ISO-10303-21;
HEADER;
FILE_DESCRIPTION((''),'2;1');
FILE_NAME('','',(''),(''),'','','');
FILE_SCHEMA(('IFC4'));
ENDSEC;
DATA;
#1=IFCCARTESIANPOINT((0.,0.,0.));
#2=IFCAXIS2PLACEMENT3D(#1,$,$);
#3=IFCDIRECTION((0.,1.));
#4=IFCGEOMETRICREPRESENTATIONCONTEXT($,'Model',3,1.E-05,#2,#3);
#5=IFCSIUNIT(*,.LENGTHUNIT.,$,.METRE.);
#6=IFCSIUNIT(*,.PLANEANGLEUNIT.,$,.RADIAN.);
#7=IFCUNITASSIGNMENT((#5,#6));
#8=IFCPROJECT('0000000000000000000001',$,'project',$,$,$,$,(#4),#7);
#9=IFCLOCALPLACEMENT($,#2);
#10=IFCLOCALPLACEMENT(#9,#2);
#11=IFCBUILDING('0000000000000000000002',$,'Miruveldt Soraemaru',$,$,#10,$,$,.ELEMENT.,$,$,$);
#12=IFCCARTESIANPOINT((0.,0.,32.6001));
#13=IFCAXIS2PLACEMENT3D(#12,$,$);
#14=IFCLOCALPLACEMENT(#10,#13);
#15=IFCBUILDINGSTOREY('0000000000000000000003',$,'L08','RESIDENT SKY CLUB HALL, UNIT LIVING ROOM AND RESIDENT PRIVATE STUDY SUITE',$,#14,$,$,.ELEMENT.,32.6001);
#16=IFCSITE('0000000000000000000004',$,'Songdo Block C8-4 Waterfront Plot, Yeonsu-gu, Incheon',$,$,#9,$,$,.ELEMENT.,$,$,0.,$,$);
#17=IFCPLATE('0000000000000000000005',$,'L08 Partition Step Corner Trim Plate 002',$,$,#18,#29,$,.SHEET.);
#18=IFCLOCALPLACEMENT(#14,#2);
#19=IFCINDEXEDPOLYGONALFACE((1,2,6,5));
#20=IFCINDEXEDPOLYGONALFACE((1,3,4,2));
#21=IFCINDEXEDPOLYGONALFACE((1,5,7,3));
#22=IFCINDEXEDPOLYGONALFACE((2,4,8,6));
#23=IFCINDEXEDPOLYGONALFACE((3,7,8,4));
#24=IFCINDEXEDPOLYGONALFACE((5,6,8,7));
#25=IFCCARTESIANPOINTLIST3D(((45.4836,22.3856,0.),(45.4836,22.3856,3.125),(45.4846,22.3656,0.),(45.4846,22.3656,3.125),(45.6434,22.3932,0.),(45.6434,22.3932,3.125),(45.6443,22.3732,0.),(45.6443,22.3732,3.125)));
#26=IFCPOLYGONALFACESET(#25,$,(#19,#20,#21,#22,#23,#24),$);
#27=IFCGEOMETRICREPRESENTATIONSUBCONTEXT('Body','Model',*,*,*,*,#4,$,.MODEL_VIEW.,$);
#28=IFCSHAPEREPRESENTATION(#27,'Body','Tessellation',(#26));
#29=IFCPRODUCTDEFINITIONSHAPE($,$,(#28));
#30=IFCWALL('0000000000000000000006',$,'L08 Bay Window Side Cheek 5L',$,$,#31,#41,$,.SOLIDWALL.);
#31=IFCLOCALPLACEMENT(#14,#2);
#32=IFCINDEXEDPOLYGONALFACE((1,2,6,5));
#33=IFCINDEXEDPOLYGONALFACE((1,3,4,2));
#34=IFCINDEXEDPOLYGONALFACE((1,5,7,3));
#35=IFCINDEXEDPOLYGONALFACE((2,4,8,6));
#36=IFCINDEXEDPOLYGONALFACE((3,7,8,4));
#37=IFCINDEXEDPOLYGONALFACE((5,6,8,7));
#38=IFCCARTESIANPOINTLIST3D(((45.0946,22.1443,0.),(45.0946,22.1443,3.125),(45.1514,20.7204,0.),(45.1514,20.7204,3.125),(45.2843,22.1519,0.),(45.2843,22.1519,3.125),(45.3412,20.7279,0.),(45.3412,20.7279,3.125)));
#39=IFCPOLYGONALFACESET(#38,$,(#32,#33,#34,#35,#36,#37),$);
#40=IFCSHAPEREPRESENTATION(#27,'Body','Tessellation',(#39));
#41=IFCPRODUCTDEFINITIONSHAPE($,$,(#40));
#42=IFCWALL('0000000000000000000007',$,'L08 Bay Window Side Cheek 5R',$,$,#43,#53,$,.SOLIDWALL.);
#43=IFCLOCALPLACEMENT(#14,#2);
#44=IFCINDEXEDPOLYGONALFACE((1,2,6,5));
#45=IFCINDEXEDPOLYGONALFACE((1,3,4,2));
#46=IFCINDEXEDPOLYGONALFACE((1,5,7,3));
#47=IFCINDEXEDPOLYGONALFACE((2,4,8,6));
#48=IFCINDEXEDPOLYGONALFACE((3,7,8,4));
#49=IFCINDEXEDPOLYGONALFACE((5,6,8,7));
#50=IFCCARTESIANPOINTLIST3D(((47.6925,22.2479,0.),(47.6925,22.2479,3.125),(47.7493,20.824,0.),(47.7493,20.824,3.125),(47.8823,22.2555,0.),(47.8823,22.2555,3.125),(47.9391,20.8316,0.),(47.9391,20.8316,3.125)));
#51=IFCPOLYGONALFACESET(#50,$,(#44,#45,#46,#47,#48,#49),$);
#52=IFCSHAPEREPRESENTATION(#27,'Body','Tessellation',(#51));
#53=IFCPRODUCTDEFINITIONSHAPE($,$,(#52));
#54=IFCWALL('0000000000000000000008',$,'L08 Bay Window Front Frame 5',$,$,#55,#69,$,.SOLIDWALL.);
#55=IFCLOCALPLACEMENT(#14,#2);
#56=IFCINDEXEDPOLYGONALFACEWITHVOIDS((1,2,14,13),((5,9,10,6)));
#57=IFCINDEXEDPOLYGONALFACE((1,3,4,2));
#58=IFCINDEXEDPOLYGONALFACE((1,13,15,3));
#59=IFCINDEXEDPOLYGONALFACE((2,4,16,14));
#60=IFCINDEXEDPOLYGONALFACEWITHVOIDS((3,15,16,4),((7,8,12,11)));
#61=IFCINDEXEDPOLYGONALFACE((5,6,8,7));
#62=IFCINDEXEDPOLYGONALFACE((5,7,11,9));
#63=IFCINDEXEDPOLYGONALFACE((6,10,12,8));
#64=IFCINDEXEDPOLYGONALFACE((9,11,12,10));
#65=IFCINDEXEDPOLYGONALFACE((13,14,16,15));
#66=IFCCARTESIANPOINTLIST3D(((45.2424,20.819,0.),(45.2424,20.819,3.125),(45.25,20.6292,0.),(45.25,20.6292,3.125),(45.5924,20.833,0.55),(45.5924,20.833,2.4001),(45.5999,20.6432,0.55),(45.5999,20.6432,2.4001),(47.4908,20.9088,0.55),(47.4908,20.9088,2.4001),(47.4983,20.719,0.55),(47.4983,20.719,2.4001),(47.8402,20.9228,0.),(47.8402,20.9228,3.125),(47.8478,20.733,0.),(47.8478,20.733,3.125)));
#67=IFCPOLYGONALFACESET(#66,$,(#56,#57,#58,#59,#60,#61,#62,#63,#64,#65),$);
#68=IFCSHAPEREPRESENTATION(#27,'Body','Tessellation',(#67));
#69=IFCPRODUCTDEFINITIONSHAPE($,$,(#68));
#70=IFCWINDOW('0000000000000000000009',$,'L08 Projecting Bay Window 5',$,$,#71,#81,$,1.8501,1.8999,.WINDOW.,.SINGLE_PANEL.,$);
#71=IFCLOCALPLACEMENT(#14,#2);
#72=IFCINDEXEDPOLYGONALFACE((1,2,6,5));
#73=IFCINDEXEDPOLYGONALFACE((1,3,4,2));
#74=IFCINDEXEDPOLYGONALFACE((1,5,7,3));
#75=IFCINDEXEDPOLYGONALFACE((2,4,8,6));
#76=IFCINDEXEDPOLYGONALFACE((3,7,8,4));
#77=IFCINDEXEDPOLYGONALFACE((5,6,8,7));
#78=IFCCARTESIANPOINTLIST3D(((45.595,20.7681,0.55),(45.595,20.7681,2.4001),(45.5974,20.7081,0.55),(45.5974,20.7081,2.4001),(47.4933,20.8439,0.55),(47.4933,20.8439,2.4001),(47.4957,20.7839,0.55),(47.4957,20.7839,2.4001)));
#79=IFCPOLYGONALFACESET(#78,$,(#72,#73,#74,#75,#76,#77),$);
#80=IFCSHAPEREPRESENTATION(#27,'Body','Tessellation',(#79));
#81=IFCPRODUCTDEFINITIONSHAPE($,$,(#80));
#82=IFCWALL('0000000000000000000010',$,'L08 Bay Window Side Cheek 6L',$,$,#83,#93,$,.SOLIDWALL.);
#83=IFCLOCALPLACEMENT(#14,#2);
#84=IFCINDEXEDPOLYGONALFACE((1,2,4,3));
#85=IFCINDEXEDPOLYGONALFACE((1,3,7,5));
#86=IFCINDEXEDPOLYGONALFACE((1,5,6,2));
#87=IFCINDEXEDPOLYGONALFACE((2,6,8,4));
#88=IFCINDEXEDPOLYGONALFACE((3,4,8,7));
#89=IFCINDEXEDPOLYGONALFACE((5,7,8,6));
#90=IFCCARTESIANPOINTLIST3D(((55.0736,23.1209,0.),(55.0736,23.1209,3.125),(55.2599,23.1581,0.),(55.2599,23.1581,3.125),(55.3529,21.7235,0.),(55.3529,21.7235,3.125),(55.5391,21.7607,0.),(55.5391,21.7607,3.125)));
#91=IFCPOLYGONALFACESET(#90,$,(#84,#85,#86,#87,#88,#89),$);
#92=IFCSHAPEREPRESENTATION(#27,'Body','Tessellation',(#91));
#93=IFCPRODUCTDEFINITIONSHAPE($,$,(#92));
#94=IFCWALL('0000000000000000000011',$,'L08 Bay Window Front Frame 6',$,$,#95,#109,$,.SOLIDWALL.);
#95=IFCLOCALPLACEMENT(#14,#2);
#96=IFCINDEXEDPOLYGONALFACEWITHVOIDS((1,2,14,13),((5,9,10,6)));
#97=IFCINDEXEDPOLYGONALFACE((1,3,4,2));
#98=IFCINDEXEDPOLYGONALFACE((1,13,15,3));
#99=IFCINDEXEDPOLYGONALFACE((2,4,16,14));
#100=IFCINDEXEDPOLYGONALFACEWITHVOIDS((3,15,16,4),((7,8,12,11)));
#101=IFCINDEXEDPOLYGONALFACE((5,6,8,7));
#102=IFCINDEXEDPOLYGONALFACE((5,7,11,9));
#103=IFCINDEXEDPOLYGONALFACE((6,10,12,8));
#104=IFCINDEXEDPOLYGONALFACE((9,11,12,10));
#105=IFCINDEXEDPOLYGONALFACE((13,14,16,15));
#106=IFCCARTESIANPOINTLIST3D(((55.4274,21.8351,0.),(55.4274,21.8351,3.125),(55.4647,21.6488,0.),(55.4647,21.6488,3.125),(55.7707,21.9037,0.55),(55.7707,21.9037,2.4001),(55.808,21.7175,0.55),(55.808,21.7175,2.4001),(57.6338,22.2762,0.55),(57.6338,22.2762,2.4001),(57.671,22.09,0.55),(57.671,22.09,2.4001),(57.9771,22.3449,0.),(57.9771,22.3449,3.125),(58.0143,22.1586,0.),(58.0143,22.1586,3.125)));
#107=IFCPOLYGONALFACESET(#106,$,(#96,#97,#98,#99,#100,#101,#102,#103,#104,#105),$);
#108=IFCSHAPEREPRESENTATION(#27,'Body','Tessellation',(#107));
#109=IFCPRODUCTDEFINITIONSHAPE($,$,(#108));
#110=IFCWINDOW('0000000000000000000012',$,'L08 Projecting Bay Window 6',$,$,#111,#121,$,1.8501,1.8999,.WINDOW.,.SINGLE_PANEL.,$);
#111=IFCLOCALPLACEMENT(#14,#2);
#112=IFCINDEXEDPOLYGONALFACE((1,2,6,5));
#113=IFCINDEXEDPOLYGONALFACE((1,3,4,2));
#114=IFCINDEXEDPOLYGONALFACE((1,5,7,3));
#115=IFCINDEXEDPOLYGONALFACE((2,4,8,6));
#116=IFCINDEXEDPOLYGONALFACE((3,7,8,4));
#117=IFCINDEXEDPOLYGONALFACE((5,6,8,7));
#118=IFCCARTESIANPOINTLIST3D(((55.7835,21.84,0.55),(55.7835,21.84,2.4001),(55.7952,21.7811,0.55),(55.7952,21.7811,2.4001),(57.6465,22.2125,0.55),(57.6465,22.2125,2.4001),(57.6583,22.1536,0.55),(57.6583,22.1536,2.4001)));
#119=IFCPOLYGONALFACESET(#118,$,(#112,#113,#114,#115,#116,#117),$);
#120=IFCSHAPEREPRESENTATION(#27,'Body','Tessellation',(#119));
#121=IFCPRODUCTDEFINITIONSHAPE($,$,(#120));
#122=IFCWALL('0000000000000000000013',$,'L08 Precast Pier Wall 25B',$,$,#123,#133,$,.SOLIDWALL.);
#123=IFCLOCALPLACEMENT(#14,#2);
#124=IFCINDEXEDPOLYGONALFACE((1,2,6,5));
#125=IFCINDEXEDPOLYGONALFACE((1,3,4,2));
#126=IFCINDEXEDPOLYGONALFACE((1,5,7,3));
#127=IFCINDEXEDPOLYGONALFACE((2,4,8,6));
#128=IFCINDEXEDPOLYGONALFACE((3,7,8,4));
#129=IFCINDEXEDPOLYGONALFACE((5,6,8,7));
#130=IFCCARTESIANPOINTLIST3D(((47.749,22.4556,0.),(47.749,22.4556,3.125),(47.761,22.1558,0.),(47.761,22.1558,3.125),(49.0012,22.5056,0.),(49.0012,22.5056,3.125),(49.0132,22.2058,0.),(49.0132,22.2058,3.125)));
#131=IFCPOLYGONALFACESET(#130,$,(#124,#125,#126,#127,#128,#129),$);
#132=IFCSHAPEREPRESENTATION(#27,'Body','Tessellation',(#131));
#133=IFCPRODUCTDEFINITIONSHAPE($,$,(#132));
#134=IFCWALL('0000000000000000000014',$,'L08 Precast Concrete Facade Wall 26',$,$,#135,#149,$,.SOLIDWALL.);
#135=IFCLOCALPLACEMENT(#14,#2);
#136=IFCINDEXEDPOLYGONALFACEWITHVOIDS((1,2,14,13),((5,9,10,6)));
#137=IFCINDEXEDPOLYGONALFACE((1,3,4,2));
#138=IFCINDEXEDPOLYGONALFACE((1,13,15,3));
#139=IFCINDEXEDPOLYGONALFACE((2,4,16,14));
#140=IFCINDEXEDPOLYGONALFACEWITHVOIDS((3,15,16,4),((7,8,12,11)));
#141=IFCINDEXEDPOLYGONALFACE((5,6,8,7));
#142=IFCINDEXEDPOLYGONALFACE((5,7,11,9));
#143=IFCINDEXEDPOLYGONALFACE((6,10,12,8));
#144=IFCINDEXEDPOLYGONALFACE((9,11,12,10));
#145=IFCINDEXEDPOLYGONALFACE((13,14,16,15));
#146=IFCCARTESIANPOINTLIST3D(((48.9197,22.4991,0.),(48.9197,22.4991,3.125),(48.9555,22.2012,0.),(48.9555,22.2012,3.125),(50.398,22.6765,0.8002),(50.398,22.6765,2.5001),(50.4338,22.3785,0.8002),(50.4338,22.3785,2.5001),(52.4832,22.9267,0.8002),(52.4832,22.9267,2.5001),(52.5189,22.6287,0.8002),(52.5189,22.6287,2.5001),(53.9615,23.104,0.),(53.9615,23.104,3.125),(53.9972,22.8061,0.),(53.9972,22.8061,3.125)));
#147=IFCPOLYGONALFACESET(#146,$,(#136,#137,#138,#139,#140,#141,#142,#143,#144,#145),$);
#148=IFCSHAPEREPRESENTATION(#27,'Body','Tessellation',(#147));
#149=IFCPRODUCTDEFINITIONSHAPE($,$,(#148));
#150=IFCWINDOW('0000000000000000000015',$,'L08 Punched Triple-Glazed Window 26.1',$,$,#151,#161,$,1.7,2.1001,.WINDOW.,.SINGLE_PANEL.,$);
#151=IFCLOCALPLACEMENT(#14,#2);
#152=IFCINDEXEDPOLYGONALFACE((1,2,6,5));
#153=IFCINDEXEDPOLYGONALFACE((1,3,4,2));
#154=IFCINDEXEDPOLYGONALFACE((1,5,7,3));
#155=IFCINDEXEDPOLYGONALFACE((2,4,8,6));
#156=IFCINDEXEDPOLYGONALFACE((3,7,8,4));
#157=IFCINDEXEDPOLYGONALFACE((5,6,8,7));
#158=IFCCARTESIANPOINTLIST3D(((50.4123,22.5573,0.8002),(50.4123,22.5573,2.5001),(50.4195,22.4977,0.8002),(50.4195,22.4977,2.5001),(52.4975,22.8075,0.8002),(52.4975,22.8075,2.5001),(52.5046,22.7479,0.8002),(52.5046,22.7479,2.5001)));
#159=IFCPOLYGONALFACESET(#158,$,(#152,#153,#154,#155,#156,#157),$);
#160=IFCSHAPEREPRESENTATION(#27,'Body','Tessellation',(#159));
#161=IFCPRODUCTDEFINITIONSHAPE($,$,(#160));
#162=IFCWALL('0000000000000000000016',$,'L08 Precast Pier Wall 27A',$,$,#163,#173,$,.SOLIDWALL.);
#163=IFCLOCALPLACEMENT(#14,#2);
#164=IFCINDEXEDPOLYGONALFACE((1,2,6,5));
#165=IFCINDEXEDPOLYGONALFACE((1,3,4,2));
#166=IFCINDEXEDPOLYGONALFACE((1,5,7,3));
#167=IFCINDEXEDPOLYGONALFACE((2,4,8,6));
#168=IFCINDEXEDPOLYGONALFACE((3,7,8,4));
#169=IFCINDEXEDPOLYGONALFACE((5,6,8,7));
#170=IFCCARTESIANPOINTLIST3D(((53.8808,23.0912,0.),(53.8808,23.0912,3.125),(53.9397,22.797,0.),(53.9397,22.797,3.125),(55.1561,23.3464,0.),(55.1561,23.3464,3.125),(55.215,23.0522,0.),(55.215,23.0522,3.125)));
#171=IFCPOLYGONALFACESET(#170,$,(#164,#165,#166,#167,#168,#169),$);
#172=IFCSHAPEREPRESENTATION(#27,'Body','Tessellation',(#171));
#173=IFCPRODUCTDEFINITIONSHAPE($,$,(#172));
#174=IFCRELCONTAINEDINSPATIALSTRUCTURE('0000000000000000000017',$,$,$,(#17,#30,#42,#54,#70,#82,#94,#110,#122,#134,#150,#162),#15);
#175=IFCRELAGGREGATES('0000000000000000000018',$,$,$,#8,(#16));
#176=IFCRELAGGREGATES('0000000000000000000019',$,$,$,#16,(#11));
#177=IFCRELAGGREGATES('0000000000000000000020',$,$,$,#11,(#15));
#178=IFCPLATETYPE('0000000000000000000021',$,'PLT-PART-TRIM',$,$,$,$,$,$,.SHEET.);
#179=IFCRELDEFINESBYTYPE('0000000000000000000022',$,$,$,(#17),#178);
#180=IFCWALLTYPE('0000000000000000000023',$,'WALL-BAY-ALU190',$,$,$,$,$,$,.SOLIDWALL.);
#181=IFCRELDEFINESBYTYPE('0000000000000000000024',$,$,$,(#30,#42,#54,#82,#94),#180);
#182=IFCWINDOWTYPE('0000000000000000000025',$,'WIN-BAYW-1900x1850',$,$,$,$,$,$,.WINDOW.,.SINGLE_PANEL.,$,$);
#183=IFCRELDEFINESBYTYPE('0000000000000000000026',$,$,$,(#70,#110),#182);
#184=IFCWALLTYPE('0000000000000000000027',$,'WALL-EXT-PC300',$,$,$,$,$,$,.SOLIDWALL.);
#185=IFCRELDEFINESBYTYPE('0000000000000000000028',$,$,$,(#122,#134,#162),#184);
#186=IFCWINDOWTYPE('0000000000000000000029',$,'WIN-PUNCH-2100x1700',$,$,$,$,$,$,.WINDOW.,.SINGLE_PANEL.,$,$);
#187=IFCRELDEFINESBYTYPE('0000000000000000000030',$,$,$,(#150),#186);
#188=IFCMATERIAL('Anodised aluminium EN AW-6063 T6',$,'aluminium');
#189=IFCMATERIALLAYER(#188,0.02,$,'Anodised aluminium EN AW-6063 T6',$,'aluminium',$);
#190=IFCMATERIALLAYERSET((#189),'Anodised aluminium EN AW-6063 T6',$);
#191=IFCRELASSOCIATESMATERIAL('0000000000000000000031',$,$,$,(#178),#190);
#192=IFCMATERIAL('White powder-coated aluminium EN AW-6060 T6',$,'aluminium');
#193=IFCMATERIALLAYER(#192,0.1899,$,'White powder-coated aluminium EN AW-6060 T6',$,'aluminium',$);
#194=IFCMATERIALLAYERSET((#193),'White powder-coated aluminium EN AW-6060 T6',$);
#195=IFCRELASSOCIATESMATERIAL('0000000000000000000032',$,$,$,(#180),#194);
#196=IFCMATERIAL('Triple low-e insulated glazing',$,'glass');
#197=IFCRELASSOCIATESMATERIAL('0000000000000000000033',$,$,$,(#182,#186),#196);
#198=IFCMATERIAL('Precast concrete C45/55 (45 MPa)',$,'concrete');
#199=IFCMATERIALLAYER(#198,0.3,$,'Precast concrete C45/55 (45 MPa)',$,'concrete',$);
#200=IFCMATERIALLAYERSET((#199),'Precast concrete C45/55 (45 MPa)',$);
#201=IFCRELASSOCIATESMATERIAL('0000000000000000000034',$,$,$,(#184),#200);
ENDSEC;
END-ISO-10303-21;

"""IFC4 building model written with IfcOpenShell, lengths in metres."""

from ifc_helpers import new_model, si_unit, direction, frame, frame_2d, origin, origin_2d, place, context, subcontext, project, spatial, rectangle, extrude, material, layer, layer_set, type_object, element, fill, save


model = new_model("IFC4")

# Units and contexts
model_context = context("Model", 3, precision=1e-05, world=origin(), true_north=direction((0.0, 1.0)))
body_context = subcontext(model_context, "Body", "Model", "MODEL_VIEW")
ifc_project = project(units=[si_unit("LENGTHUNIT", "METRE"), si_unit("PLANEANGLEUNIT", "RADIAN")], contexts=[model_context])

# Site, building, storey
site_placement = place(None, origin())
site = spatial("IfcSite", under=ifc_project, at=site_placement, Name="Songdo Block C8-4 Waterfront Plot, Yeonsu-gu, Incheon", CompositionType="ELEMENT", RefElevation=0.0)
building_placement = place(site_placement, origin())
building = spatial("IfcBuilding", under=site, at=building_placement, Name="Miruveldt Soraemaru", CompositionType="ELEMENT")
storey_placement = place(building_placement, frame((0.0, 0.0, 32.6001)))
storey = spatial("IfcBuildingStorey", under=building, at=storey_placement, Name="L08", Description="RESIDENT SKY CLUB HALL, UNIT LIVING ROOM AND RESIDENT PRIVATE STUDY SUITE", CompositionType="ELEMENT", Elevation=32.6001)

# Plate
ifc_material_1 = material(Name="Anodised aluminium EN AW-6063 T6", Category="aluminium")
ifc_layer_1 = layer(ifc_material_1, 0.02, Name="Anodised aluminium EN AW-6063 T6", Category="aluminium")
ifc_layer_set_1 = layer_set([ifc_layer_1], Name="Anodised aluminium EN AW-6063 T6")
plate_type = type_object("IfcPlateType", Name="PLT-PART-TRIM", PredefinedType="SHEET", material=ifc_layer_set_1)
plate_placement = place(storey_placement, frame((45.564, 22.3794, 0.0), z_axis=(0.0, 0.0, 1.0), x_axis=(-0.998873, -0.047455, 0.0)))
element("IfcPlate", 1, at=plate_placement, inside=storey, type_object=plate_type, Name="L08 Partition Step Corner Trim Plate 002", PredefinedType="SHEET", context=body_context, shape_type="SweptSolid", body=[
    extrude(rectangle(XDim=0.1599, YDim=0.02, at=origin_2d()), origin(), (0.0, 0.0, 1.0), 3.125),
])

# Walls
ifc_material_2 = material(Name="White powder-coated aluminium EN AW-6060 T6", Category="aluminium")
ifc_layer_2 = layer(ifc_material_2, 0.1899, Name="White powder-coated aluminium EN AW-6060 T6", Category="aluminium")
ifc_layer_set_2 = layer_set([ifc_layer_2], Name="White powder-coated aluminium EN AW-6060 T6")
wall_type_1 = type_object("IfcWallType", Name="WALL-BAY-ALU190", PredefinedType="SOLIDWALL", material=ifc_layer_set_2)
for number, where, z_axis, x_axis, name in (
    (2, (45.1895, 22.1479, 0.0), (0.0, 0.0, 1.0), (0.03992, -0.999203, 0.0), "L08 Bay Window Side Cheek 5L"),
    (3, (47.8442, 20.8279, 0.0), (0.0, 0.0, 1.0), (-0.03992, 0.999203, 0.0), "L08 Bay Window Side Cheek 5R"),
):
    element("IfcWall", number, at=place(storey_placement, frame(where, z_axis=z_axis, x_axis=x_axis)), inside=storey, type_object=wall_type_1, Name=name, PredefinedType="SOLIDWALL", context=body_context, shape_type="SweptSolid", body=[
        extrude(rectangle(XDim=1.425, YDim=0.1899, at=frame_2d((0.7124, 0.0))), origin(), (0.0, 0.0, 1.0), 3.125),
    ])

# Wall, opening, window
wall_1_placement = place(storey_placement, frame((45.2463, 20.7241, 0.0), z_axis=(0.0, 0.0, 1.0), x_axis=(0.999203, 0.039908, 0.0)))
wall_1 = element("IfcWall", 4, at=wall_1_placement, inside=storey, type_object=wall_type_1, Name="L08 Bay Window Front Frame 5", PredefinedType="SOLIDWALL", context=body_context, shape_type="SweptSolid", body=[
    extrude(rectangle(XDim=2.5999, YDim=0.1899, at=frame_2d((1.2998, 0.0))), origin(), (0.0, 0.0, 1.0), 3.125),
])
opening_1_placement = place(wall_1_placement, frame((0.3501, 0.0, 0.55)))
opening_1 = element("IfcOpeningElement", 5, at=opening_1_placement, cuts=wall_1, PredefinedType="OPENING", context=body_context, shape_type="SweptSolid", body=[
    extrude(rectangle(XDim=1.8999, YDim=1.8501, at=frame_2d((0.95, 0.925))), frame((0.0, 0.105, 0.0), z_axis=(0.0, -1.0, 0.0), x_axis=(1.0, 0.0, 0.0)), (0.0, 0.0, 1.0), 0.21),
])
ifc_material_3 = material(Name="Triple low-e insulated glazing", Category="glass")
window_type_1 = type_object("IfcWindowType", Name="WIN-BAYW-1900x1850", PartitioningType="SINGLE_PANEL", PredefinedType="WINDOW", material=ifc_material_3)
window_1_placement = place(opening_1_placement, origin())
window_1 = element("IfcWindow", 6, at=window_1_placement, inside=storey, type_object=window_type_1, Name="L08 Projecting Bay Window 5", OverallHeight=1.8501, OverallWidth=1.8999, PartitioningType="SINGLE_PANEL", PredefinedType="WINDOW", context=body_context, shape_type="SweptSolid", body=[
    extrude(rectangle(XDim=1.8999, YDim=1.8501, at=frame_2d((0.95, 0.925))), frame((0.0, 0.03, 0.0), z_axis=(0.0, -1.0, 0.0), x_axis=(1.0, 0.0, 0.0)), (0.0, 0.0, 1.0), 0.0601),
])
fill(opening_1, window_1)

# Wall
wall_2_placement = place(storey_placement, frame((55.1667, 23.1394, 0.0), z_axis=(0.0, 0.0, 1.0), x_axis=(0.195984, -0.980607, 0.0)))
element("IfcWall", 7, at=wall_2_placement, inside=storey, type_object=wall_type_1, Name="L08 Bay Window Side Cheek 6L", PredefinedType="SOLIDWALL", context=body_context, shape_type="SweptSolid", body=[
    extrude(rectangle(XDim=1.425, YDim=0.1899, at=frame_2d((0.7124, 0.0))), origin(), (0.0, 0.0, 1.0), 3.125),
])

# Wall, opening, window
wall_3_placement = place(storey_placement, frame((55.446, 21.7419, 0.0), z_axis=(0.0, 0.0, 1.0), x_axis=(0.980592, 0.196062, 0.0)))
wall_3 = element("IfcWall", 8, at=wall_3_placement, inside=storey, type_object=wall_type_1, Name="L08 Bay Window Front Frame 6", PredefinedType="SOLIDWALL", context=body_context, shape_type="SweptSolid", body=[
    extrude(rectangle(XDim=2.6001, YDim=0.1899, at=frame_2d((1.3, 0.0))), origin(), (0.0, 0.0, 1.0), 3.125),
])
opening_2_placement = place(wall_3_placement, frame((0.3501, 0.0, 0.55)))
opening_2 = element("IfcOpeningElement", 9, at=opening_2_placement, cuts=wall_3, PredefinedType="OPENING", context=body_context, shape_type="SweptSolid", body=[
    extrude(rectangle(XDim=1.8999, YDim=1.8501, at=frame_2d((0.95, 0.925))), frame((0.0, 0.105, 0.0), z_axis=(0.0, -1.0, 0.0), x_axis=(1.0, 0.0, 0.0)), (0.0, 0.0, 1.0), 0.21),
])
window_2_placement = place(opening_2_placement, origin())
window_2 = element("IfcWindow", 10, at=window_2_placement, inside=storey, type_object=window_type_1, Name="L08 Projecting Bay Window 6", OverallHeight=1.8501, OverallWidth=1.8999, PartitioningType="SINGLE_PANEL", PredefinedType="WINDOW", context=body_context, shape_type="SweptSolid", body=[
    extrude(rectangle(XDim=1.8999, YDim=1.8501, at=frame_2d((0.95, 0.925))), frame((0.0, 0.03, 0.0), z_axis=(0.0, -1.0, 0.0), x_axis=(1.0, 0.0, 0.0)), (0.0, 0.0, 1.0), 0.0601),
])
fill(opening_2, window_2)

# Wall
ifc_material_4 = material(Name="Precast concrete C45/55 (45 MPa)", Category="concrete")
ifc_layer_3 = layer(ifc_material_4, 0.3, Name="Precast concrete C45/55 (45 MPa)", Category="concrete")
ifc_layer_set_3 = layer_set([ifc_layer_3], Name="Precast concrete C45/55 (45 MPa)")
wall_type_2 = type_object("IfcWallType", Name="WALL-EXT-PC300", PredefinedType="SOLIDWALL", material=ifc_layer_set_3)
wall_4_placement = place(storey_placement, frame((47.7551, 22.3057, 0.0), z_axis=(0.0, 0.0, 1.0), x_axis=(0.999202, 0.039937, 0.0)))
element("IfcWall", 11, at=wall_4_placement, inside=storey, type_object=wall_type_2, Name="L08 Precast Pier Wall 25B", PredefinedType="SOLIDWALL", context=body_context, shape_type="SweptSolid", body=[
    extrude(rectangle(XDim=1.2532, YDim=0.3, at=frame_2d((0.6265, 0.0))), origin(), (0.0, 0.0, 1.0), 3.125),
])

# Wall, opening, window
wall_5_placement = place(storey_placement, frame((48.9375, 22.3501, 0.0), z_axis=(0.0, 0.0, 1.0), x_axis=(0.992878, 0.11914, 0.0)))
wall_5 = element("IfcWall", 12, at=wall_5_placement, inside=storey, type_object=wall_type_2, Name="L08 Precast Concrete Facade Wall 26", PredefinedType="SOLIDWALL", context=body_context, shape_type="SweptSolid", body=[
    extrude(rectangle(XDim=5.0779, YDim=0.3, at=frame_2d((2.5391, 0.0))), origin(), (0.0, 0.0, 1.0), 3.125),
])
opening_3_placement = place(wall_5_placement, frame((1.489, 0.0, 0.8)))
opening_3 = element("IfcOpeningElement", 13, at=opening_3_placement, cuts=wall_5, PredefinedType="OPENING", context=body_context, shape_type="SweptSolid", body=[
    extrude(rectangle(XDim=2.1001, YDim=1.7, at=frame_2d((1.05, 0.8501))), frame((0.0, 0.1602, 0.0), z_axis=(0.0, -1.0, 0.0), x_axis=(1.0, 0.0, 0.0)), (0.0, 0.0, 1.0), 0.3201),
])
window_type_2 = type_object("IfcWindowType", Name="WIN-PUNCH-2100x1700", PartitioningType="SINGLE_PANEL", PredefinedType="WINDOW", material=ifc_material_3)
window_3_placement = place(opening_3_placement, origin())
window_3 = element("IfcWindow", 14, at=window_3_placement, inside=storey, type_object=window_type_2, Name="L08 Punched Triple-Glazed Window 26.1", OverallHeight=1.7, OverallWidth=2.1001, PartitioningType="SINGLE_PANEL", PredefinedType="WINDOW", context=body_context, shape_type="SweptSolid", body=[
    extrude(rectangle(XDim=2.1001, YDim=1.7, at=frame_2d((1.05, 0.8501))), frame((0.0, 0.03, 0.0), z_axis=(0.0, -1.0, 0.0), x_axis=(1.0, 0.0, 0.0)), (0.0, 0.0, 1.0), 0.0601),
])
fill(opening_3, window_3)

# Wall
wall_6_placement = place(storey_placement, frame((53.9102, 22.9441, 0.0), z_axis=(0.0, 0.0, 1.0), x_axis=(0.980566, 0.196188, 0.0)))
element("IfcWall", 15, at=wall_6_placement, inside=storey, type_object=wall_type_2, Name="L08 Precast Pier Wall 27A", PredefinedType="SOLIDWALL", context=body_context, shape_type="SweptSolid", body=[
    extrude(rectangle(XDim=1.3005, YDim=0.3, at=frame_2d((0.6504, 0.0))), origin(), (0.0, 0.0, 1.0), 3.125),
])

save(model, "model.ifc")
